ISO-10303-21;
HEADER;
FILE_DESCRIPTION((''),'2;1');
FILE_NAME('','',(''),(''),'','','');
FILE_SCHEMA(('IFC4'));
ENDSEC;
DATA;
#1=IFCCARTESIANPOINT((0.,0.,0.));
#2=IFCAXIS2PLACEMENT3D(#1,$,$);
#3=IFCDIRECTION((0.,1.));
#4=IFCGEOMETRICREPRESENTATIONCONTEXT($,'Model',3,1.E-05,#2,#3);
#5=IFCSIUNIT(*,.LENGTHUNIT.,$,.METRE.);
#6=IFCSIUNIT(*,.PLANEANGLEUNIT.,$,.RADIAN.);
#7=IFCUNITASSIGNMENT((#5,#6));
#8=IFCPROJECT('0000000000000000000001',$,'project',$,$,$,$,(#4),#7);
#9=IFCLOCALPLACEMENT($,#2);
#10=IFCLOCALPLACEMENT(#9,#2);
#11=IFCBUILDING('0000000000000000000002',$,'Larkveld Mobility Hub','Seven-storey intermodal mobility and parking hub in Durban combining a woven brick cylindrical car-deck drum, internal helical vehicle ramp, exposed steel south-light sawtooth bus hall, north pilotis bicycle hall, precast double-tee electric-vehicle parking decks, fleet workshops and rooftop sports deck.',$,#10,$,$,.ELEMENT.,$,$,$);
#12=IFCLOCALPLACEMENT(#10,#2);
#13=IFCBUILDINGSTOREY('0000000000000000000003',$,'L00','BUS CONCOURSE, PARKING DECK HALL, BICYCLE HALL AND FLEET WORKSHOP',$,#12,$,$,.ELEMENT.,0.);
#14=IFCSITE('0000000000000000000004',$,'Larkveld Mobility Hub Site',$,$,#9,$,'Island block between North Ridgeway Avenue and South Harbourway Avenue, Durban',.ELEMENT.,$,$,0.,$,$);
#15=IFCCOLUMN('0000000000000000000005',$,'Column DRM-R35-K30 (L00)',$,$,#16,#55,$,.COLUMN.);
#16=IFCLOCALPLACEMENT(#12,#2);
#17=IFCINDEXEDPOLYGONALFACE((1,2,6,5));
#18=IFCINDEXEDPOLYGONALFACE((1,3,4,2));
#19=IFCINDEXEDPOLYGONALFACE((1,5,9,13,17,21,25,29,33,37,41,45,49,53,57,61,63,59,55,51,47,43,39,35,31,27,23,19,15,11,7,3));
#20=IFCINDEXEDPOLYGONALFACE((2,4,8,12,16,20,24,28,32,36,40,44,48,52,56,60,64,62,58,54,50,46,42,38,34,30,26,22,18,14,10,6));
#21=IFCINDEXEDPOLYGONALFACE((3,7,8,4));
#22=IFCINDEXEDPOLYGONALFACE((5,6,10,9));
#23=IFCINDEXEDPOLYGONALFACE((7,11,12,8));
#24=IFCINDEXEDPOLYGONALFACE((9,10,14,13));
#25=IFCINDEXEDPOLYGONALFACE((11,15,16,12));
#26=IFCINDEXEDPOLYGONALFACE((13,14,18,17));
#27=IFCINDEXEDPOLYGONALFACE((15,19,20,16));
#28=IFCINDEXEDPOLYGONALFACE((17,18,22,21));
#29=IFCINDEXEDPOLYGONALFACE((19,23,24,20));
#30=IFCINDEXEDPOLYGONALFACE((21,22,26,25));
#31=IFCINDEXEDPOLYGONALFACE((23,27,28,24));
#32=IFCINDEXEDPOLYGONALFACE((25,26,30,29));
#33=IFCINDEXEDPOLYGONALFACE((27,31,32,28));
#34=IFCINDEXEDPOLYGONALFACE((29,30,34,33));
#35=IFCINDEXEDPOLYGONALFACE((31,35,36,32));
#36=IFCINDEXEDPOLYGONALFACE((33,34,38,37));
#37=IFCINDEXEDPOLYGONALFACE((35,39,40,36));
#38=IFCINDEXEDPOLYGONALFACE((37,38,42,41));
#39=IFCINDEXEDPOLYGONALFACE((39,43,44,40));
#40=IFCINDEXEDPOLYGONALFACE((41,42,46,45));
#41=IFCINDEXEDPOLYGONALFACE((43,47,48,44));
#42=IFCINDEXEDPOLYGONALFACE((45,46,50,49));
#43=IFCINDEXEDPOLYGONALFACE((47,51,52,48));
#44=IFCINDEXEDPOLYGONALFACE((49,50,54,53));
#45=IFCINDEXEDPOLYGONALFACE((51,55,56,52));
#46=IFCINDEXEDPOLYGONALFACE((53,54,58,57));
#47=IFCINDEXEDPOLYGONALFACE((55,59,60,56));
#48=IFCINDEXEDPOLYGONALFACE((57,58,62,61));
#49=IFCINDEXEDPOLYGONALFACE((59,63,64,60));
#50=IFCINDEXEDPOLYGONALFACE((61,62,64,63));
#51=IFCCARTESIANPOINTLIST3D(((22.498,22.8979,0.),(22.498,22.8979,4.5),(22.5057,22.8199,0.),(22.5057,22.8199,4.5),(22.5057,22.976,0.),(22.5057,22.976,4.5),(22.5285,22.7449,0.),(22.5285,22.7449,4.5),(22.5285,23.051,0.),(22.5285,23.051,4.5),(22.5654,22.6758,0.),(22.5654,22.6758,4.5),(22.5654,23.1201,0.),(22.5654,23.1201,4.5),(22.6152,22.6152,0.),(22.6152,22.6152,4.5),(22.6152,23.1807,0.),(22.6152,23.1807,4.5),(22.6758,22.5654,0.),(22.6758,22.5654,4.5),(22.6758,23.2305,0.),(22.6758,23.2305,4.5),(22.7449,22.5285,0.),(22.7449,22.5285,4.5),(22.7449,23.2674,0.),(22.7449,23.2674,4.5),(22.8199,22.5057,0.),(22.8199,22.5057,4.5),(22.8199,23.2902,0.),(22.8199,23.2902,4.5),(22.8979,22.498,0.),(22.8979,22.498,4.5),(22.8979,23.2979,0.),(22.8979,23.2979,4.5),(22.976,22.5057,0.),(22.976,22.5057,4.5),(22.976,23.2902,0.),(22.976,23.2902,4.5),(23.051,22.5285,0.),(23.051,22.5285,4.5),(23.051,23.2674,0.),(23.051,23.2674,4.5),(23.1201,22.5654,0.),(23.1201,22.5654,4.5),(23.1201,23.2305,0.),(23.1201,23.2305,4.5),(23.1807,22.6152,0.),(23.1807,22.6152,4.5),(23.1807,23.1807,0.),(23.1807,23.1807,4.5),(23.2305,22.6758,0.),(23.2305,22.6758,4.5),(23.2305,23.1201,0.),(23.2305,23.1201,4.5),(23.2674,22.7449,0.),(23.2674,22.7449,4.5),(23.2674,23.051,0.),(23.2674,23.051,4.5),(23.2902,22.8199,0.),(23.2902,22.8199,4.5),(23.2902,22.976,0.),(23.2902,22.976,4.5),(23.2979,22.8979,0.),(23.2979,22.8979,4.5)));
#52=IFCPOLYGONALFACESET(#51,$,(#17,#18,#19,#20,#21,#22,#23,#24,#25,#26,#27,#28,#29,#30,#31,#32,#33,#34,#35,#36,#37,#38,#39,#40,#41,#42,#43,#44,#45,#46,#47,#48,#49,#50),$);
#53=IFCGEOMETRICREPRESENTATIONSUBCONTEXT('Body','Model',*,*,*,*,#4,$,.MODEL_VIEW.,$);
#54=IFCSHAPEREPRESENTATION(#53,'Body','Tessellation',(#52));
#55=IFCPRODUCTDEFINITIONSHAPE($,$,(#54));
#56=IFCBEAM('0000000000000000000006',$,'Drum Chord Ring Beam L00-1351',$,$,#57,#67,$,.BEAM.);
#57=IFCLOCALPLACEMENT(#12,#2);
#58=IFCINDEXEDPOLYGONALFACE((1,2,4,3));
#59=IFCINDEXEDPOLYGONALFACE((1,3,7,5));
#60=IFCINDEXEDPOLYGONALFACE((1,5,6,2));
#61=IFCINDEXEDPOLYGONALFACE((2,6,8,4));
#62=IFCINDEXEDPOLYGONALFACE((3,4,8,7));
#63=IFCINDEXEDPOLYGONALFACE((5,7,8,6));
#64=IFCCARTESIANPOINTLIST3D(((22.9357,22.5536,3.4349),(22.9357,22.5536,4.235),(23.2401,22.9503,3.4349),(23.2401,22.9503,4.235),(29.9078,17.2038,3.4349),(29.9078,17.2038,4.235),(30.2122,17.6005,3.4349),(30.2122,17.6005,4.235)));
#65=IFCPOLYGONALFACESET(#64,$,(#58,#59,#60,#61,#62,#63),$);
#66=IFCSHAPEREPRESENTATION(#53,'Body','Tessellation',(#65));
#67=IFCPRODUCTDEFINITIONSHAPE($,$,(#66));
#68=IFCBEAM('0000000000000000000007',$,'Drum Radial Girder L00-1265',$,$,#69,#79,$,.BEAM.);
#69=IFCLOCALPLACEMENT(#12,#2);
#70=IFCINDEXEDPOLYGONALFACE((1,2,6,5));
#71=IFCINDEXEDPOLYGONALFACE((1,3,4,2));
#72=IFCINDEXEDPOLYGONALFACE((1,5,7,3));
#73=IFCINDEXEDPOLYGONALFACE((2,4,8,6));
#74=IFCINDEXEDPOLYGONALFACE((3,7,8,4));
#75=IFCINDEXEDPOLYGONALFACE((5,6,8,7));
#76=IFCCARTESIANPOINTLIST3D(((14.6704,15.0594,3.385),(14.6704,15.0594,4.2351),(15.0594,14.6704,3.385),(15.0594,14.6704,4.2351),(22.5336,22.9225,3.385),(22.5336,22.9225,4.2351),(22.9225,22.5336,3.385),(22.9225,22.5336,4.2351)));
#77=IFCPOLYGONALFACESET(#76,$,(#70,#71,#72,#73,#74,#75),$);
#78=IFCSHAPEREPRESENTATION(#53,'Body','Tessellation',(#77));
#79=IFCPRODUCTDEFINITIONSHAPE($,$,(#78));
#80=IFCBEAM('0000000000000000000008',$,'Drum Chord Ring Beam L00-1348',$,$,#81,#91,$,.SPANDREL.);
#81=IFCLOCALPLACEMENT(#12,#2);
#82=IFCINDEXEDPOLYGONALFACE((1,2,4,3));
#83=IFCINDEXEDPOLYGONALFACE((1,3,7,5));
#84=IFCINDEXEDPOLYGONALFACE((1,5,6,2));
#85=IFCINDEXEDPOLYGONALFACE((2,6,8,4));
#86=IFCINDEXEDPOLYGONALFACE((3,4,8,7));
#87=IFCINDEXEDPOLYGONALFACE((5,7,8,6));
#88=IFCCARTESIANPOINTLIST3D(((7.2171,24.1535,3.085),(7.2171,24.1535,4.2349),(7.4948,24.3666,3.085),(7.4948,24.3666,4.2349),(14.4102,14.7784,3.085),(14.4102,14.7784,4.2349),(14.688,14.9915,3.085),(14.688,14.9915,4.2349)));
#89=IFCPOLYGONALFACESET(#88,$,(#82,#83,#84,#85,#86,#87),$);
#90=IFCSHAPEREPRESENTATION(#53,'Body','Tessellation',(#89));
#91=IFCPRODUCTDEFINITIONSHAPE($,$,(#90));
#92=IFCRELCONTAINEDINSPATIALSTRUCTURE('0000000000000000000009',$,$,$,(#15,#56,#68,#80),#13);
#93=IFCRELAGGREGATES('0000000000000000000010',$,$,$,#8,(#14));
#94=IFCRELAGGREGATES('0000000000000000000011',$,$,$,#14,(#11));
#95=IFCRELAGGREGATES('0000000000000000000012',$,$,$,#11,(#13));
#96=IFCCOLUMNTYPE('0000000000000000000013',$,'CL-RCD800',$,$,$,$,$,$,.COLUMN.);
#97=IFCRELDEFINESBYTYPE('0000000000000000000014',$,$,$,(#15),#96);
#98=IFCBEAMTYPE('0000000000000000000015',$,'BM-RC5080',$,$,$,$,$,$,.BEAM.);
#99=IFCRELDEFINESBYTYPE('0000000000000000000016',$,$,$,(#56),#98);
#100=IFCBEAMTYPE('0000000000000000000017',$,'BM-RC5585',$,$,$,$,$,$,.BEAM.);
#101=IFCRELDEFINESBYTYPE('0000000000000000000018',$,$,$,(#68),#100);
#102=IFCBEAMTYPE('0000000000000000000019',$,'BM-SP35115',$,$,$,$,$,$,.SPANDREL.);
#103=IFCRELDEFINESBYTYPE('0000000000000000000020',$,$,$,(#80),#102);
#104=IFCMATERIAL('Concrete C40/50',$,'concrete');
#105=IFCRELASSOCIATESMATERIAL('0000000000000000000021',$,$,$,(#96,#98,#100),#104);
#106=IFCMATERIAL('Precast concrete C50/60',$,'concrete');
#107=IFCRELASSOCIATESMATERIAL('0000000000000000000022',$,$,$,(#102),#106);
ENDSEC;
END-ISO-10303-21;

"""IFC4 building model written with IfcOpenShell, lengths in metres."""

from ifc_helpers import new_model, si_unit, direction, frame, origin, origin_2d, place, context, subcontext, project, spatial, rectangle, circle, extrude, material, material_profile, profile_set, type_object, element, save


model = new_model("IFC4")

# Units and contexts
model_context = context("Model", 3, precision=1e-05, world=origin(), true_north=direction((0.0, 1.0)))
body_context = subcontext(model_context, "Body", "Model", "MODEL_VIEW")
ifc_project = project(units=[si_unit("LENGTHUNIT", "METRE"), si_unit("PLANEANGLEUNIT", "RADIAN")], contexts=[model_context])

# Site, building, storey
site_placement = place(None, origin())
site = spatial("IfcSite", under=ifc_project, at=site_placement, Name="Larkveld Mobility Hub Site", LongName="Island block between North Ridgeway Avenue and South Harbourway Avenue, Durban", CompositionType="ELEMENT", RefElevation=0.0)
building_placement = place(site_placement, origin())
building = spatial("IfcBuilding", under=site, at=building_placement, Name="Larkveld Mobility Hub", Description="Seven-storey intermodal mobility and parking hub in Durban combining a woven brick cylindrical car-deck drum, internal helical vehicle ramp, exposed steel south-light sawtooth bus hall, north pilotis bicycle hall, precast double-tee electric-vehicle parking decks, fleet workshops and rooftop sports deck.", CompositionType="ELEMENT")
storey_placement = place(building_placement, origin())
storey = spatial("IfcBuildingStorey", under=building, at=storey_placement, Name="L00", Description="BUS CONCOURSE, PARKING DECK HALL, BICYCLE HALL AND FLEET WORKSHOP", CompositionType="ELEMENT", Elevation=0.0)

# Column
ifc_material_1 = material(Name="Concrete C40/50", Category="concrete")
ifc_material_profile_1 = material_profile(ifc_material_1, circle(Radius=0.3999, at=origin_2d()), Name="RC COL D800")
ifc_profile_set_1 = profile_set([ifc_material_profile_1], Name="Concrete C40/50")
column_type = type_object("IfcColumnType", Name="CL-RCD800", PredefinedType="COLUMN", material=ifc_profile_set_1)
column_placement = place(storey_placement, frame((22.8979, 22.8979, 0.0), z_axis=(0.0, 0.0, 1.0), x_axis=(1.0, 0.0, 0.0)))
element("IfcColumn", 1, at=column_placement, inside=storey, type_object=column_type, Name="Column DRM-R35-K30 (L00)", PredefinedType="COLUMN", context=body_context, shape_type="SweptSolid", body=[
    extrude(circle(Radius=0.3999, at=origin_2d()), origin(), (0.0, 0.0, 1.0), 4.5),
])

# Beams
ifc_material_profile_2 = material_profile(ifc_material_1, rectangle(XDim=0.5, YDim=0.8, at=origin_2d()), Name="RC BM 500x800")
ifc_profile_set_2 = profile_set([ifc_material_profile_2], Name="Concrete C40/50")
beam_type_1 = type_object("IfcBeamType", Name="BM-RC5080", PredefinedType="BEAM", material=ifc_profile_set_2)
beam_1_placement = place(storey_placement, frame((23.0879, 22.752, 3.835), z_axis=(0.793358, -0.608756, 0.0), x_axis=(0.608756, 0.793358, 0.0)))
element("IfcBeam", 2, at=beam_1_placement, inside=storey, type_object=beam_type_1, Name="Drum Chord Ring Beam L00-1351", PredefinedType="BEAM", context=body_context, shape_type="SweptSolid", body=[
    extrude(rectangle(XDim=0.5, YDim=0.8, at=origin_2d()), origin(), (0.0, 0.0, 1.0), 8.7881),
])
ifc_material_profile_3 = material_profile(ifc_material_1, rectangle(XDim=0.55, YDim=0.8501, at=origin_2d()), Name="RC BM 550x850")
ifc_profile_set_3 = profile_set([ifc_material_profile_3], Name="Concrete C40/50")
beam_type_2 = type_object("IfcBeamType", Name="BM-RC5585", PredefinedType="BEAM", material=ifc_profile_set_3)
beam_2_placement = place(storey_placement, frame((22.728, 22.728, 3.8101), z_axis=(-0.707107, -0.707107, 0.0), x_axis=(0.707107, -0.707107, 0.0)))
element("IfcBeam", 3, at=beam_2_placement, inside=storey, type_object=beam_type_2, Name="Drum Radial Girder L00-1265", PredefinedType="BEAM", context=body_context, shape_type="SweptSolid", body=[
    extrude(rectangle(XDim=0.55, YDim=0.8501, at=origin_2d()), origin(), (0.0, 0.0, 1.0), 11.1201),
])
ifc_material_2 = material(Name="Precast concrete C50/60", Category="concrete")
ifc_material_profile_4 = material_profile(ifc_material_2, rectangle(XDim=0.3501, YDim=1.1499, at=origin_2d()), Name="PC SP 350x1150")
ifc_profile_set_4 = profile_set([ifc_material_profile_4], Name="Precast concrete C50/60")
beam_type_3 = type_object("IfcBeamType", Name="BM-SP35115", PredefinedType="SPANDREL", material=ifc_profile_set_4)
beam_3_placement = place(storey_placement, frame((7.356, 24.26, 3.6599), z_axis=(0.608731, -0.793377, 0.0), x_axis=(0.793377, 0.608731, 0.0)))
element("IfcBeam", 4, at=beam_3_placement, inside=storey, type_object=beam_type_3, Name="Drum Chord Ring Beam L00-1348", PredefinedType="SPANDREL", context=body_context, shape_type="SweptSolid", body=[
    extrude(rectangle(XDim=0.3501, YDim=1.1499, at=origin_2d()), origin(), (0.0, 0.0, 1.0), 11.8167),
])

save(model, "model.ifc")
